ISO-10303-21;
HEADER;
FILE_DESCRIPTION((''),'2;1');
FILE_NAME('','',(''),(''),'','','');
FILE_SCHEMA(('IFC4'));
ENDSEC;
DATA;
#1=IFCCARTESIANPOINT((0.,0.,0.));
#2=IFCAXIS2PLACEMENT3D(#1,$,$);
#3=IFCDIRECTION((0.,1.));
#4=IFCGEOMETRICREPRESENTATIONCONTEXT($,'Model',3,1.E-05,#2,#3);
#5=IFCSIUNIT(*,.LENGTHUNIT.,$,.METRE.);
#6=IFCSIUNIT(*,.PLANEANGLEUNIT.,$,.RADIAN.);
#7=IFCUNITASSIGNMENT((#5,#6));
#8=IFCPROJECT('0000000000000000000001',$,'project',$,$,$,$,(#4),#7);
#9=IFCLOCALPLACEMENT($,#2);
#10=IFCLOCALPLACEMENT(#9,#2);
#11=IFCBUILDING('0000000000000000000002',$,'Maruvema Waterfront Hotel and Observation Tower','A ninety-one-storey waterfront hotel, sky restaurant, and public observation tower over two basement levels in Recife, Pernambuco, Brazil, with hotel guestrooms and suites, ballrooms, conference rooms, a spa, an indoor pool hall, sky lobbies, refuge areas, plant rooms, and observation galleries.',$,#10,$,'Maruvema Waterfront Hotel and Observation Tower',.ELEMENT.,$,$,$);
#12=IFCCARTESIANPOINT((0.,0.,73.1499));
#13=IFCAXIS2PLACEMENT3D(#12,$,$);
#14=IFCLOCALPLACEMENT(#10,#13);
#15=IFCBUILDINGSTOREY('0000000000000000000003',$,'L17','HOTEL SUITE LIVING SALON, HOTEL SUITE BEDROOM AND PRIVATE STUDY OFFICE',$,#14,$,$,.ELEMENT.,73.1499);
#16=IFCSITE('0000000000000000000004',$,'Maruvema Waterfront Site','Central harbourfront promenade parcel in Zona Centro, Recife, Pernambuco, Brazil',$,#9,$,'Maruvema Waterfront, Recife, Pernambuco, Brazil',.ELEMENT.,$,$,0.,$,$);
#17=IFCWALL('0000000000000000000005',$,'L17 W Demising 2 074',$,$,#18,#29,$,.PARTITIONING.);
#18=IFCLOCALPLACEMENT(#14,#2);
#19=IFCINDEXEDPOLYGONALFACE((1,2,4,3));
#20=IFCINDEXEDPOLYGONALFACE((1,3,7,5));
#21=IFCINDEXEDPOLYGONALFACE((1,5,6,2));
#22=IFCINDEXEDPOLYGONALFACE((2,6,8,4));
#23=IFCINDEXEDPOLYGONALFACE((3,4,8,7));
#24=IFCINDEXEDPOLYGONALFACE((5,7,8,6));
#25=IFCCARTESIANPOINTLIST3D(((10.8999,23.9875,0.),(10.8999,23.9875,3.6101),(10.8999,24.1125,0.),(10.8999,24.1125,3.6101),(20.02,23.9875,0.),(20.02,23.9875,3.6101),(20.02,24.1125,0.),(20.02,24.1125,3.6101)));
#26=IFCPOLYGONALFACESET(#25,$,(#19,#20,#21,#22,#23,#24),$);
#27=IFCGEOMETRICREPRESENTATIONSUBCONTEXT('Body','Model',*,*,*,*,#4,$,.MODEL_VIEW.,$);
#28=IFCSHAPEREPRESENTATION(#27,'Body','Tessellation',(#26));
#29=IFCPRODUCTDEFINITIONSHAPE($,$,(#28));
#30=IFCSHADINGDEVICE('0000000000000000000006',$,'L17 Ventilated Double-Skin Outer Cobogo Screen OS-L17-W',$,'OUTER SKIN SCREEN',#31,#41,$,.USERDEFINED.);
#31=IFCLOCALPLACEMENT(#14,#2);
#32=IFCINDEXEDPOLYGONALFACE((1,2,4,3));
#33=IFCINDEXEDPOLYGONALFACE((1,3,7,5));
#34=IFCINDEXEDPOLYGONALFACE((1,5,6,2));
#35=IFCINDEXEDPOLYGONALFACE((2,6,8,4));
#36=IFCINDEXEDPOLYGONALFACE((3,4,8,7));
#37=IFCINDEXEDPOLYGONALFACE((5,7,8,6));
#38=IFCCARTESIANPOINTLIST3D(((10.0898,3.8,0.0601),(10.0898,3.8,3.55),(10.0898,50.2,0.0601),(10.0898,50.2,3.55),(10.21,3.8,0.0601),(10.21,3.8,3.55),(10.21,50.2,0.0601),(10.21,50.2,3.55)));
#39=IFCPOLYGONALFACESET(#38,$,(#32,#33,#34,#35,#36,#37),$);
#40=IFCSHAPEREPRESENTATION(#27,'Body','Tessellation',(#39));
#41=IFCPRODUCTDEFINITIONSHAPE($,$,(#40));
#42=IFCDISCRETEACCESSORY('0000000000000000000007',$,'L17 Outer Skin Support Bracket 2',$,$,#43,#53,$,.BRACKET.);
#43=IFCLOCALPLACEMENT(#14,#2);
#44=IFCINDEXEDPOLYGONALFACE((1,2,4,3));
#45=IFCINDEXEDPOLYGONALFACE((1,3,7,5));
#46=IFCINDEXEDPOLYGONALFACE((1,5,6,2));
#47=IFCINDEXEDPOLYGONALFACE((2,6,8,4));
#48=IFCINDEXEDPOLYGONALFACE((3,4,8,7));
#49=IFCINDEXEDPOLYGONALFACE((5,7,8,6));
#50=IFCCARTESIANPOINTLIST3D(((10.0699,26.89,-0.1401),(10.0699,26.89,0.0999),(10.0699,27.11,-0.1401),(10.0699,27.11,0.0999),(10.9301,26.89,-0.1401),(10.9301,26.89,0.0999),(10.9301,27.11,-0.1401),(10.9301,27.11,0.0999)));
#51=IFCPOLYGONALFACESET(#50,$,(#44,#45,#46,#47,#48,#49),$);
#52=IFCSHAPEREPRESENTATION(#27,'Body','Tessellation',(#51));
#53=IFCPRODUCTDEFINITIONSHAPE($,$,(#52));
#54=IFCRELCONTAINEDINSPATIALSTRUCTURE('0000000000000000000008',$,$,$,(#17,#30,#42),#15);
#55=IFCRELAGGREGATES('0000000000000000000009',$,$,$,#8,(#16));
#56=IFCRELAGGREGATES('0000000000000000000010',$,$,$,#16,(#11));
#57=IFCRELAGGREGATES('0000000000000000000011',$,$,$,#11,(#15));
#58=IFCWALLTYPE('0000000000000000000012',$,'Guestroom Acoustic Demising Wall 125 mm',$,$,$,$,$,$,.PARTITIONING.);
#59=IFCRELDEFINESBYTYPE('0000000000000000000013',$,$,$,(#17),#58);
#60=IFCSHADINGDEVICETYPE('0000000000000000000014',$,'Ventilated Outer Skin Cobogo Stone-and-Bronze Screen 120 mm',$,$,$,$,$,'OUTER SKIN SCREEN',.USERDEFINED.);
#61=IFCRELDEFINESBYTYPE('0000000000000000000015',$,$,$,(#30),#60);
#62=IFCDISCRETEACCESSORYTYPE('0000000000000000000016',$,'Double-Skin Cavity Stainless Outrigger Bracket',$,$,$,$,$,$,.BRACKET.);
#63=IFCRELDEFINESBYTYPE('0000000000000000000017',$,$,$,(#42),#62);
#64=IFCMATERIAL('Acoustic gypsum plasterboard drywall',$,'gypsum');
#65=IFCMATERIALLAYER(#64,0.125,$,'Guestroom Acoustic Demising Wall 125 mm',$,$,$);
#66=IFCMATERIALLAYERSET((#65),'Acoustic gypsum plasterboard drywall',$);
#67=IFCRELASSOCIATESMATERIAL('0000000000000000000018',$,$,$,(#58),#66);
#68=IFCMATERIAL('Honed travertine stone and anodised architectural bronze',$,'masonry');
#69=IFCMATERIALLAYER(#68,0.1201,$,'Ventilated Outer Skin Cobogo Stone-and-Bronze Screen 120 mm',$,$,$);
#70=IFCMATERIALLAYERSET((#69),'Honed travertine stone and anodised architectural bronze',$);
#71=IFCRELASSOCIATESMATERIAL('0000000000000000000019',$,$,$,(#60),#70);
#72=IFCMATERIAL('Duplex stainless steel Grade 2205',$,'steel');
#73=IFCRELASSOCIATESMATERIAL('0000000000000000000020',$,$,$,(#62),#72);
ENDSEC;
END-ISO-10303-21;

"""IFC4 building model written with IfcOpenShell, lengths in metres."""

from ifc_helpers import new_model, si_unit, direction, frame, frame_2d, origin, origin_2d, place, context, subcontext, project, spatial, rectangle, extrude, material, layer, layer_set, type_object, element, save


model = new_model("IFC4")

# Units and contexts
model_context = context("Model", 3, precision=1e-05, world=origin(), true_north=direction((0.0, 1.0)))
body_context = subcontext(model_context, "Body", "Model", "MODEL_VIEW")
ifc_project = project(units=[si_unit("LENGTHUNIT", "METRE"), si_unit("PLANEANGLEUNIT", "RADIAN")], contexts=[model_context])

# Site, building, storey
site_placement = place(None, origin())
site = spatial("IfcSite", under=ifc_project, at=site_placement, Name="Maruvema Waterfront Site", Description="Central harbourfront promenade parcel in Zona Centro, Recife, Pernambuco, Brazil", LongName="Maruvema Waterfront, Recife, Pernambuco, Brazil", CompositionType="ELEMENT", RefElevation=0.0)
building_placement = place(site_placement, origin())
building = spatial("IfcBuilding", under=site, at=building_placement, Name="Maruvema Waterfront Hotel and Observation Tower", Description="A ninety-one-storey waterfront hotel, sky restaurant, and public observation tower over two basement levels in Recife, Pernambuco, Brazil, with hotel guestrooms and suites, ballrooms, conference rooms, a spa, an indoor pool hall, sky lobbies, refuge areas, plant rooms, and observation galleries.", LongName="Maruvema Waterfront Hotel and Observation Tower", CompositionType="ELEMENT")
storey_placement = place(building_placement, frame((0.0, 0.0, 73.1499)))
storey = spatial("IfcBuildingStorey", under=building, at=storey_placement, Name="L17", Description="HOTEL SUITE LIVING SALON, HOTEL SUITE BEDROOM AND PRIVATE STUDY OFFICE", CompositionType="ELEMENT", Elevation=73.1499)

# Wall
ifc_material_1 = material(Name="Acoustic gypsum plasterboard drywall", Category="gypsum")
ifc_layer_1 = layer(ifc_material_1, 0.125, Name="Guestroom Acoustic Demising Wall 125 mm")
ifc_layer_set_1 = layer_set([ifc_layer_1], Name="Acoustic gypsum plasterboard drywall")
wall_type_1 = type_object("IfcWallType", Name="Guestroom Acoustic Demising Wall 125 mm", PredefinedType="PARTITIONING", material=ifc_layer_set_1)
for number, where, z_axis, x_axis, name in (
    (1, (10.8999, 24.05, 0.0), (0.0, 0.0, 1.0), (1.0, 0.0, 0.0), "L17 W Demising 2 074"),
):
    element("IfcWall", number, at=place(storey_placement, frame(where, z_axis=z_axis, x_axis=x_axis)), inside=storey, type_object=wall_type_1, Name=name, PredefinedType="PARTITIONING", context=body_context, shape_type="SweptSolid", body=[
        extrude(rectangle(XDim=9.1201, YDim=0.125, at=frame_2d((4.5601, 0.0))), origin(), (0.0, 0.0, 1.0), 3.6101),
    ])

# Shading device
ifc_material_2 = material(Name="Honed travertine stone and anodised architectural bronze", Category="masonry")
ifc_layer_2 = layer(ifc_material_2, 0.1201, Name="Ventilated Outer Skin Cobogo Stone-and-Bronze Screen 120 mm")
ifc_layer_set_2 = layer_set([ifc_layer_2], Name="Honed travertine stone and anodised architectural bronze")
shading_device_type = type_object("IfcShadingDeviceType", Name="Ventilated Outer Skin Cobogo Stone-and-Bronze Screen 120 mm", ElementType="OUTER SKIN SCREEN", PredefinedType="USERDEFINED", material=ifc_layer_set_2)
shading_device_placement = place(storey_placement, frame((10.1499, 27.0, 0.0601), z_axis=(0.0, 0.0, 1.0), x_axis=(0.0, -1.0, 0.0)))
element("IfcShadingDevice", 2, at=shading_device_placement, inside=storey, type_object=shading_device_type, Name="L17 Ventilated Double-Skin Outer Cobogo Screen OS-L17-W", ObjectType="OUTER SKIN SCREEN", PredefinedType="USERDEFINED", context=body_context, shape_type="SweptSolid", body=[
    extrude(rectangle(XDim=46.3999, YDim=0.1201, at=origin_2d()), origin(), (0.0, 0.0, 1.0), 3.49),
])

# Discrete accessory
ifc_material_3 = material(Name="Duplex stainless steel Grade 2205", Category="steel")
discrete_accessory_type = type_object("IfcDiscreteAccessoryType", Name="Double-Skin Cavity Stainless Outrigger Bracket", PredefinedType="BRACKET", material=ifc_material_3)
discrete_accessory_placement = place(storey_placement, frame((10.5, 27.0, -0.1401), z_axis=(0.0, 0.0, 1.0), x_axis=(0.0, -1.0, 0.0)))
element("IfcDiscreteAccessory", 3, at=discrete_accessory_placement, inside=storey, type_object=discrete_accessory_type, Name="L17 Outer Skin Support Bracket 2", PredefinedType="BRACKET", context=body_context, shape_type="SweptSolid", body=[
    extrude(rectangle(XDim=0.22, YDim=0.8601, at=origin_2d()), origin(), (0.0, 0.0, 1.0), 0.24),
])

save(model, "model.ifc")
